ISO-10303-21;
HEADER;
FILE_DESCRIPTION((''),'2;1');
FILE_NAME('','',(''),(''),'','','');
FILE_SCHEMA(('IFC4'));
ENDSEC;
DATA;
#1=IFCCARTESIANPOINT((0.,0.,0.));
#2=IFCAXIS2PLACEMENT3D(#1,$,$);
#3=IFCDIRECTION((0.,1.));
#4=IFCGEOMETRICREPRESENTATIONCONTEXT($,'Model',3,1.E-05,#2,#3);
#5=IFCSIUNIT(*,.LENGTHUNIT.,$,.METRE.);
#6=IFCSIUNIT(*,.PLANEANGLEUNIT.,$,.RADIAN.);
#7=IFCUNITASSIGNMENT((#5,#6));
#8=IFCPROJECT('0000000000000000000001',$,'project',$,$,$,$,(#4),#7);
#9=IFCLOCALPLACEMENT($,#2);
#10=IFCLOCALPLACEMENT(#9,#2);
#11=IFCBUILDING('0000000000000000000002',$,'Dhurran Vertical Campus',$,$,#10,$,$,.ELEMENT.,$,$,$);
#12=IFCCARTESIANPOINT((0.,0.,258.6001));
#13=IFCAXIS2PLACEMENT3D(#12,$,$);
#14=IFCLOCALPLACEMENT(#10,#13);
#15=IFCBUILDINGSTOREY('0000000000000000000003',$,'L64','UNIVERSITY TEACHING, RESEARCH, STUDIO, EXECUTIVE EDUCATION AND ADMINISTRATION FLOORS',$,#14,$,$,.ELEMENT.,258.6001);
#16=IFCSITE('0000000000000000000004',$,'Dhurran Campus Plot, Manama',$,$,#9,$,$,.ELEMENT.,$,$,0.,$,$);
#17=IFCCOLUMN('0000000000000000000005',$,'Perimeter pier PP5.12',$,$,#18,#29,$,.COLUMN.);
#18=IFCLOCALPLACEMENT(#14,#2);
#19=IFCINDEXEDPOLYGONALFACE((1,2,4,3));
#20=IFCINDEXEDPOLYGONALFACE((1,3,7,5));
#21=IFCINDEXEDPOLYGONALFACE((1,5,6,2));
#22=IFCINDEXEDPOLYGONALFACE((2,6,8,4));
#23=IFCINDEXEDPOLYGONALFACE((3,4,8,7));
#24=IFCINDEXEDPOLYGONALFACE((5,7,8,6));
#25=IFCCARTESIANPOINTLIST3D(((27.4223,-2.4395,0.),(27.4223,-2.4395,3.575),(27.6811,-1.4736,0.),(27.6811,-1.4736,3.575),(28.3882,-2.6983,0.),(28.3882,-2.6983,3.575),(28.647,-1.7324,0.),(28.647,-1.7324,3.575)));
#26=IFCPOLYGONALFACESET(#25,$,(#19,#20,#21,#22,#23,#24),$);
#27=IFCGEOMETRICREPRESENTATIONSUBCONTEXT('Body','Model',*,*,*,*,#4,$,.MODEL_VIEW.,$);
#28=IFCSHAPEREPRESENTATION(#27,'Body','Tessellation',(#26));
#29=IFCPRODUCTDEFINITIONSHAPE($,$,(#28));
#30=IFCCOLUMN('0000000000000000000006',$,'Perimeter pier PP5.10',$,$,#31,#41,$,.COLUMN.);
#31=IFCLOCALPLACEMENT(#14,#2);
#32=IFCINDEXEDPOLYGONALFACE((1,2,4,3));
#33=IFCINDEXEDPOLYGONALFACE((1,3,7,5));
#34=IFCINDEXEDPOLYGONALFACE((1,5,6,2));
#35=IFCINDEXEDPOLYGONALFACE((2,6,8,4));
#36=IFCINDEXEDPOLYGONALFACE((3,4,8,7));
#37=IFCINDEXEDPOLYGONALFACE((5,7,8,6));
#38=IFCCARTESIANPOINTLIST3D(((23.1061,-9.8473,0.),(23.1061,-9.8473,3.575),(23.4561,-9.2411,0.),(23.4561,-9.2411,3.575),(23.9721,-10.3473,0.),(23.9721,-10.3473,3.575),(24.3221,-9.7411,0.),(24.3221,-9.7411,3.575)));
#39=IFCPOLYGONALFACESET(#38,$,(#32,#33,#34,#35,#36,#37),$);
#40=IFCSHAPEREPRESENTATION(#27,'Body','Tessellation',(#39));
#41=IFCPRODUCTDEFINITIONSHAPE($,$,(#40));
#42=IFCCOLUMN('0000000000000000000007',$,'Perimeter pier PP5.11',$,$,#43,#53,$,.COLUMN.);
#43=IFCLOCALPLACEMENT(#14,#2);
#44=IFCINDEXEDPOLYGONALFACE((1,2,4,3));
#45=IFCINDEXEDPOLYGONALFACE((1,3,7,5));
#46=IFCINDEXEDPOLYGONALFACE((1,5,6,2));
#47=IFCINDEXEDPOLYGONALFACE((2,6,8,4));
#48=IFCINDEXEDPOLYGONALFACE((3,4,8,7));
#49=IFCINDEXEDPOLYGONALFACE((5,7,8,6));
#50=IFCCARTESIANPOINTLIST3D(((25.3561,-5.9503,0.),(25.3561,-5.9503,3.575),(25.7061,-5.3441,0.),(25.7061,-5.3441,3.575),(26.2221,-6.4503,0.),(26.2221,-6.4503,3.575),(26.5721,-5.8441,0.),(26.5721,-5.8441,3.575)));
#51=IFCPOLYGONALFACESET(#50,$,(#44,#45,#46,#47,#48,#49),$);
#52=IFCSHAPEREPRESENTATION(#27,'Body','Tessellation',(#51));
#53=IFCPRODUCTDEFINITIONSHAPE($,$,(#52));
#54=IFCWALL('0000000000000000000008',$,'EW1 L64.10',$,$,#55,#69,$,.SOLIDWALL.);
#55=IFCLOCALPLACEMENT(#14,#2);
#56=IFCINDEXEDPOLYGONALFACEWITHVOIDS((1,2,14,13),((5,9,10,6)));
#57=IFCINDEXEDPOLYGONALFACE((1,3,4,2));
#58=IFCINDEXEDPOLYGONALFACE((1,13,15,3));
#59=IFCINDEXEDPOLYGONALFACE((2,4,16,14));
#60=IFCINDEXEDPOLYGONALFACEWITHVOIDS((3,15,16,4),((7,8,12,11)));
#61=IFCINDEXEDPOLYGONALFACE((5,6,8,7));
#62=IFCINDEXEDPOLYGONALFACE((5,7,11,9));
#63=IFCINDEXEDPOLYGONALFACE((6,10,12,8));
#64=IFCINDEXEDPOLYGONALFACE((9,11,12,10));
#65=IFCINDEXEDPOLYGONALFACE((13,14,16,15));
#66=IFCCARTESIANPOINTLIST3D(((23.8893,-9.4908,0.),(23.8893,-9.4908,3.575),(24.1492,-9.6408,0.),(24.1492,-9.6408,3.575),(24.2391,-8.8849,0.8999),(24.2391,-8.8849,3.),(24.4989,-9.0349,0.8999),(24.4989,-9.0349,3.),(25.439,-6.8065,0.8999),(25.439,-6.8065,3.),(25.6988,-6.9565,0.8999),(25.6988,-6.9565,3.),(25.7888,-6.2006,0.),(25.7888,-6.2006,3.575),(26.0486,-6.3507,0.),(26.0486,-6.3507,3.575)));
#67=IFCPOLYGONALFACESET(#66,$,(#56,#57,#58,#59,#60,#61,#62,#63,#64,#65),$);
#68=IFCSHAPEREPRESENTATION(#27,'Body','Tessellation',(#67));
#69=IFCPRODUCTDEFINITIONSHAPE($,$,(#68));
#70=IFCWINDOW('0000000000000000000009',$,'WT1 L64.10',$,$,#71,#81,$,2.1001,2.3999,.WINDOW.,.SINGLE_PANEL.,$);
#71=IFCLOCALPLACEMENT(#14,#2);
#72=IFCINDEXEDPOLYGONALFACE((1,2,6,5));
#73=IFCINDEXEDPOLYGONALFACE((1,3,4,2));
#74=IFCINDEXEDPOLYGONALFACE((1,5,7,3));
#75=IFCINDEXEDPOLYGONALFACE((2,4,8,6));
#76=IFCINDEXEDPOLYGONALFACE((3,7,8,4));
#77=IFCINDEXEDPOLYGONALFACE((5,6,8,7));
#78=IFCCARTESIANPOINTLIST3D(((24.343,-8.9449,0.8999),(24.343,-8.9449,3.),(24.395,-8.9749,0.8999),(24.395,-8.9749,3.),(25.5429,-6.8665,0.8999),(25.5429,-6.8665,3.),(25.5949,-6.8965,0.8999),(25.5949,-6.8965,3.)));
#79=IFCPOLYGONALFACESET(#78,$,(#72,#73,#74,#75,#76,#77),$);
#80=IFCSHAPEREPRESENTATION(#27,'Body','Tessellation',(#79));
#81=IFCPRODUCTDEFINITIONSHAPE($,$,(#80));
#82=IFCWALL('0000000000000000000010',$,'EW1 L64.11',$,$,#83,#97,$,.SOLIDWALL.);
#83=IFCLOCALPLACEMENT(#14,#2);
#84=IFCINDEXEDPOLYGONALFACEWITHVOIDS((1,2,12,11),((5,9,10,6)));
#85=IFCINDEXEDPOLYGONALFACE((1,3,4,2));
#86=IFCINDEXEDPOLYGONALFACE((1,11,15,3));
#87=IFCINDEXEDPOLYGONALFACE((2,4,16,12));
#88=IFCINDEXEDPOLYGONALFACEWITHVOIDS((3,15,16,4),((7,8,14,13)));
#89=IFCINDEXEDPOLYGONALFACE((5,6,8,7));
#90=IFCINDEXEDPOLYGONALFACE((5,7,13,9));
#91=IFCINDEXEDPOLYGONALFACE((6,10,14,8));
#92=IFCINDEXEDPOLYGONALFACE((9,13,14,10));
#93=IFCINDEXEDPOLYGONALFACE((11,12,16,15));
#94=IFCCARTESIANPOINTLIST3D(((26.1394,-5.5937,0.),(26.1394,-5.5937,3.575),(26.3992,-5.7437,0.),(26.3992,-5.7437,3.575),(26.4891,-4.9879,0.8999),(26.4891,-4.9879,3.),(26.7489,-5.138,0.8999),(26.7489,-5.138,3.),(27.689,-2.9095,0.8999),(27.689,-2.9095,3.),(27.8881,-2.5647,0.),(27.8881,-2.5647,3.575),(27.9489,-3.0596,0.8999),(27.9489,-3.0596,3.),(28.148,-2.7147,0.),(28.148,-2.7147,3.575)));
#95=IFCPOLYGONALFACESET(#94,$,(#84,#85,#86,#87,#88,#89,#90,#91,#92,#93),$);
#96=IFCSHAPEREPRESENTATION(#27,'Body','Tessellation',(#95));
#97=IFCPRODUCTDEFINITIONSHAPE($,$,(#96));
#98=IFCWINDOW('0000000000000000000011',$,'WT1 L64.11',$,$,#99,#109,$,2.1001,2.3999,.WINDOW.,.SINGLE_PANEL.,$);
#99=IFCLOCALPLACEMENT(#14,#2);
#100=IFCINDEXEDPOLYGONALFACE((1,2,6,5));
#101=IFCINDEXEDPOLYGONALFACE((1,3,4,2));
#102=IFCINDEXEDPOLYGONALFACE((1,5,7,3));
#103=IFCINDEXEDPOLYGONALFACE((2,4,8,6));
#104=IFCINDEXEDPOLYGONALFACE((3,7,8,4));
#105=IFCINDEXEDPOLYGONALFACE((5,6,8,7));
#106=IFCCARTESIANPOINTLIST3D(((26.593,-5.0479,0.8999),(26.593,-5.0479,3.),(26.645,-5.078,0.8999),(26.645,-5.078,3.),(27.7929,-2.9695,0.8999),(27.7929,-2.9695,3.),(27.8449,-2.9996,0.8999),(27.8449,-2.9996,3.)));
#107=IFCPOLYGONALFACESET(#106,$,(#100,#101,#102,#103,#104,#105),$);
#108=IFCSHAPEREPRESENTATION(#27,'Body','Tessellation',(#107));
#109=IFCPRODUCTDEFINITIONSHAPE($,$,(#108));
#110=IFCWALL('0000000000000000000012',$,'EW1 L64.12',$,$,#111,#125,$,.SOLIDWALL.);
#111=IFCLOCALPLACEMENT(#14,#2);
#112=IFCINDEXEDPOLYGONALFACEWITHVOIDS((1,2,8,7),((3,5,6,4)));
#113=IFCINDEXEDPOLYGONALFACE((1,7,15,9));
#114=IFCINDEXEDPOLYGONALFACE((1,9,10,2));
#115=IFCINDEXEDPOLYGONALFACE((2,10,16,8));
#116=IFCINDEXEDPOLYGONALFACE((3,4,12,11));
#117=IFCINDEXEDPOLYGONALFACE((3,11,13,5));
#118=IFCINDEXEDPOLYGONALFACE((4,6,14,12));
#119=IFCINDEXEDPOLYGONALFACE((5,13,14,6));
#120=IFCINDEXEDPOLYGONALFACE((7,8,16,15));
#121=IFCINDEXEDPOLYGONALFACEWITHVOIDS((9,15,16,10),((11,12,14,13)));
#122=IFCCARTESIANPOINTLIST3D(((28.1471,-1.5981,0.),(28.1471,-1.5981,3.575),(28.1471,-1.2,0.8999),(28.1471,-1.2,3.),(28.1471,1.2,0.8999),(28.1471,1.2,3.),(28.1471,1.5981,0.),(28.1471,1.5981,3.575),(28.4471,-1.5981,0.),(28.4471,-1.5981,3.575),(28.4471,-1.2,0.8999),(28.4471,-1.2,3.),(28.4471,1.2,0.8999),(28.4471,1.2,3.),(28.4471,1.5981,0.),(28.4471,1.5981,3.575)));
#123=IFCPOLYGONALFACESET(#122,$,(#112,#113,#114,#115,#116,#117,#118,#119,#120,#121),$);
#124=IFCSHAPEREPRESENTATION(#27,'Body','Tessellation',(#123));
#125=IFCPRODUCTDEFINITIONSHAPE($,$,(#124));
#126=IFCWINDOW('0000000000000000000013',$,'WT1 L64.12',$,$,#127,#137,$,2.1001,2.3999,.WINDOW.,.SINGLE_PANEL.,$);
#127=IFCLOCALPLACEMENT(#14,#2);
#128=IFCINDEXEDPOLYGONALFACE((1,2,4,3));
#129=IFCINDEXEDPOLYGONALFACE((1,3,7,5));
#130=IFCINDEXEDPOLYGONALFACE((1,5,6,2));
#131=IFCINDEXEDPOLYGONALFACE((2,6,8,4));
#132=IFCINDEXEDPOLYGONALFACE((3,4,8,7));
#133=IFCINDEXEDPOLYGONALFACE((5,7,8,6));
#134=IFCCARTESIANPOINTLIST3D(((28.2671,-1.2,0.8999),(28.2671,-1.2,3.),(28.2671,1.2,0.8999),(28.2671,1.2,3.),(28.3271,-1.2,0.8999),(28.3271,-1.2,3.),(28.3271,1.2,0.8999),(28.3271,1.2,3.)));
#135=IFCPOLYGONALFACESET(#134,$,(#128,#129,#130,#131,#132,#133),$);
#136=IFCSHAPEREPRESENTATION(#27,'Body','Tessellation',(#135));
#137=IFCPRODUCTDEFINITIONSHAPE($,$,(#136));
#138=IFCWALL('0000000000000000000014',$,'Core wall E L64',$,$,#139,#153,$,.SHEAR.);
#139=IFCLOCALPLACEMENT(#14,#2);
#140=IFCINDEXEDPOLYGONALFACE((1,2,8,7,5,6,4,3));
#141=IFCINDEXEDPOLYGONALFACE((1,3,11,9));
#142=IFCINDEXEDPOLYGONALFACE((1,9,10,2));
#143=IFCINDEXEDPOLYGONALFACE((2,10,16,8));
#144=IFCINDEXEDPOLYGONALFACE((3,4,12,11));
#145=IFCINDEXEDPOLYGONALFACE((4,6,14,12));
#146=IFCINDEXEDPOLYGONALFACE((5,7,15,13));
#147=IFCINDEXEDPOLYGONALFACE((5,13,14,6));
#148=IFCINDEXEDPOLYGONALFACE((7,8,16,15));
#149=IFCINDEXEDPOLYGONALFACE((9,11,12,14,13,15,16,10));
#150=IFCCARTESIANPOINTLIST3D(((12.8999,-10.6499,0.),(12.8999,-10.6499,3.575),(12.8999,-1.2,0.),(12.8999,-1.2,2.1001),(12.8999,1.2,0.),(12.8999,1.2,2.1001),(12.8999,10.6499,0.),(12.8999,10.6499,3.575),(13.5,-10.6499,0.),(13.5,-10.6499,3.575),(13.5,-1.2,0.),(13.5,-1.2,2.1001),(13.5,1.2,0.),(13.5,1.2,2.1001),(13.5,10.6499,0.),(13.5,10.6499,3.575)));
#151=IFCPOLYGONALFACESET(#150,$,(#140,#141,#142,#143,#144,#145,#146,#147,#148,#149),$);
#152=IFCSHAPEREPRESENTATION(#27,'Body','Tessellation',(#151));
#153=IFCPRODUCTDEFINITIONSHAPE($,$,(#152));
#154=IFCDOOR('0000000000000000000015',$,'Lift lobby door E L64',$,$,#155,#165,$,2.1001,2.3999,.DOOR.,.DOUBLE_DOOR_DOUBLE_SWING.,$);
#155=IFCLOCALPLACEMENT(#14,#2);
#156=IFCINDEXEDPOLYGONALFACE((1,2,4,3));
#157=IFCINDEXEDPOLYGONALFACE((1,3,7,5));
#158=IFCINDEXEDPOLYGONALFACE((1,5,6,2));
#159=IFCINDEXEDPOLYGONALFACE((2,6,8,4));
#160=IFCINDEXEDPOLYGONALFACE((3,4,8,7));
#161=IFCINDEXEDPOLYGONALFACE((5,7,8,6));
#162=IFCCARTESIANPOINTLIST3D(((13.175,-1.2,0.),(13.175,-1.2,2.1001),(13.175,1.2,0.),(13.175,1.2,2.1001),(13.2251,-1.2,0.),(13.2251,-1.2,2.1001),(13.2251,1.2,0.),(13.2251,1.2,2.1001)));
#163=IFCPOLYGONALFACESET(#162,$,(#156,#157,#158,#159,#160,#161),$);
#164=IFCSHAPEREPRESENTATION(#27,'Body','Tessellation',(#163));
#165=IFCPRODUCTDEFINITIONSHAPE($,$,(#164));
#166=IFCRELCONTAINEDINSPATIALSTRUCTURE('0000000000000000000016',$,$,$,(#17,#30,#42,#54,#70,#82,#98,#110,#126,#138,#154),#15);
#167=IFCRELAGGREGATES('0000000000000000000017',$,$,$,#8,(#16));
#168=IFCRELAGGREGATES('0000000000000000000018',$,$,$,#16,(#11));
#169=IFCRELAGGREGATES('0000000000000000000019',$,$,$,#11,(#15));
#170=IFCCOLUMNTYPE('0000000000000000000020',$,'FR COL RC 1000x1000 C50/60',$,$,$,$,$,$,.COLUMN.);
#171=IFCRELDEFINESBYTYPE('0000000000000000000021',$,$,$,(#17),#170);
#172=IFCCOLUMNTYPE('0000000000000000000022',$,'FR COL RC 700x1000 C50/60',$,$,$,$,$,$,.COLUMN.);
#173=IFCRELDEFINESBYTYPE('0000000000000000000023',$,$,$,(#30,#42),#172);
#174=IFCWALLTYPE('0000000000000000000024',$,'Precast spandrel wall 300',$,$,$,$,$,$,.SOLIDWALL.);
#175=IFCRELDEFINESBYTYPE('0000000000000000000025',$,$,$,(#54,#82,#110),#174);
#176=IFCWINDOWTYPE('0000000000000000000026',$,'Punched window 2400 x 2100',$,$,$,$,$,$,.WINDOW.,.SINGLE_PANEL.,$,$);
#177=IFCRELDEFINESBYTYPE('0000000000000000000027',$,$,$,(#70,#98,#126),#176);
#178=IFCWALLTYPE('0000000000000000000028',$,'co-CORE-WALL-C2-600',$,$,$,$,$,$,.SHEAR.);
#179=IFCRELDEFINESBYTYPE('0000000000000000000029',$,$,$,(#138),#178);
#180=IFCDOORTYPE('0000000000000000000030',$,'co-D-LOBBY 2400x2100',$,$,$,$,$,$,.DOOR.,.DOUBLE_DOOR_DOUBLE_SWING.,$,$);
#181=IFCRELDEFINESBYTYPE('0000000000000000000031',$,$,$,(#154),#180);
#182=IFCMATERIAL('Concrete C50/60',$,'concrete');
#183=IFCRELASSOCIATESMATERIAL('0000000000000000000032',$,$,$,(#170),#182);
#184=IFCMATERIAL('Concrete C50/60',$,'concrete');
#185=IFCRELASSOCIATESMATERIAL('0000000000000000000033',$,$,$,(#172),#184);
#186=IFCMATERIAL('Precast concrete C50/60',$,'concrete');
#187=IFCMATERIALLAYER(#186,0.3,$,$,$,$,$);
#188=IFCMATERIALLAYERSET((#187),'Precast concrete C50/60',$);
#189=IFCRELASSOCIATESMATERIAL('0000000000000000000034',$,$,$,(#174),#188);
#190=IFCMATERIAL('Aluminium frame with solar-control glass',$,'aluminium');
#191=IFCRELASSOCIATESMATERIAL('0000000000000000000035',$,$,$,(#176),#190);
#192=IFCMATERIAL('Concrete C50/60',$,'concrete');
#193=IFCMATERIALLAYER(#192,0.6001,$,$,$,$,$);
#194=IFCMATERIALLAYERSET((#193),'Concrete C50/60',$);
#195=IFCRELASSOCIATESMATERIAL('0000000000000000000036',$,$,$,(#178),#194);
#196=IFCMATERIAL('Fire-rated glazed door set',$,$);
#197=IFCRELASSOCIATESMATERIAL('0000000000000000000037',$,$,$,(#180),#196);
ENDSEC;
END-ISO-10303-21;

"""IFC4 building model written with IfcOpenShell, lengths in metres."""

from ifc_helpers import new_model, si_unit, direction, frame, frame_2d, origin, origin_2d, place, context, subcontext, project, spatial, rectangle, extrude, material, layer, layer_set, material_profile, profile_set, type_object, element, fill, save


model = new_model("IFC4")

# Units and contexts
model_context = context("Model", 3, precision=1e-05, world=origin(), true_north=direction((0.0, 1.0)))
body_context = subcontext(model_context, "Body", "Model", "MODEL_VIEW")
ifc_project = project(units=[si_unit("LENGTHUNIT", "METRE"), si_unit("PLANEANGLEUNIT", "RADIAN")], contexts=[model_context])

# Site, building, storey
site_placement = place(None, origin())
site = spatial("IfcSite", under=ifc_project, at=site_placement, Name="Dhurran Campus Plot, Manama", CompositionType="ELEMENT", RefElevation=0.0)
building_placement = place(site_placement, origin())
building = spatial("IfcBuilding", under=site, at=building_placement, Name="Dhurran Vertical Campus", CompositionType="ELEMENT")
storey_placement = place(building_placement, frame((0.0, 0.0, 258.6001)))
storey = spatial("IfcBuildingStorey", under=building, at=storey_placement, Name="L64", Description="UNIVERSITY TEACHING, RESEARCH, STUDIO, EXECUTIVE EDUCATION AND ADMINISTRATION FLOORS", CompositionType="ELEMENT", Elevation=258.6001)

# Columns
ifc_material_1 = material(Name="Concrete C50/60", Category="concrete")
ifc_material_profile_1 = material_profile(ifc_material_1, rectangle(XDim=1.0, YDim=1.0, at=origin_2d()), Name="RC 1000x1000")
ifc_profile_set_1 = profile_set([ifc_material_profile_1], Name="Concrete C50/60")
column_type_1 = type_object("IfcColumnType", Name="FR COL RC 1000x1000 C50/60", PredefinedType="COLUMN", material=ifc_profile_set_1)
column_placement = place(storey_placement, frame((28.0347, -2.0859, 0.0), z_axis=(0.0, 0.0, 1.0), x_axis=(0.258819, 0.965926, 0.0)))
element("IfcColumn", 1, at=column_placement, inside=storey, type_object=column_type_1, Name="Perimeter pier PP5.12", PredefinedType="COLUMN", context=body_context, shape_type="SweptSolid", body=[
    extrude(rectangle(XDim=1.0, YDim=1.0, at=origin_2d()), origin(), (0.0, 0.0, 1.0), 3.575),
])
ifc_material_2 = material(Name="Concrete C50/60", Category="concrete")
ifc_material_profile_2 = material_profile(ifc_material_2, rectangle(XDim=0.7, YDim=1.0, at=origin_2d()), Name="RC 700x1000")
ifc_profile_set_2 = profile_set([ifc_material_profile_2], Name="Concrete C50/60")
column_type_2 = type_object("IfcColumnType", Name="FR COL RC 700x1000 C50/60", PredefinedType="COLUMN", material=ifc_profile_set_2)
for number, where, z_axis, x_axis, name in (
    (2, (23.7141, -9.7942, 0.0), (0.0, 0.0, 1.0), (0.5, 0.866025, 0.0), "Perimeter pier PP5.10"),
    (3, (25.9641, -5.8972, 0.0), (0.0, 0.0, 1.0), (0.5, 0.866025, 0.0), "Perimeter pier PP5.11"),
):
    element("IfcColumn", number, at=place(storey_placement, frame(where, z_axis=z_axis, x_axis=x_axis)), inside=storey, type_object=column_type_2, Name=name, PredefinedType="COLUMN", context=body_context, shape_type="SweptSolid", body=[
        extrude(rectangle(XDim=0.7, YDim=1.0, at=origin_2d()), origin(), (0.0, 0.0, 1.0), 3.575),
    ])

# Walls, openings, windows
ifc_material_3 = material(Name="Precast concrete C50/60", Category="concrete")
ifc_layer_1 = layer(ifc_material_3, 0.3)
ifc_layer_set_1 = layer_set([ifc_layer_1], Name="Precast concrete C50/60")
wall_type_1 = type_object("IfcWallType", Name="Precast spandrel wall 300", PredefinedType="SOLIDWALL", material=ifc_layer_set_1)
wall_1_placement = place(storey_placement, frame((24.0193, -9.5657, 0.0), z_axis=(0.0, 0.0, 1.0), x_axis=(0.499982, 0.866036, 0.0)))
wall_1 = element("IfcWall", 4, at=wall_1_placement, inside=storey, type_object=wall_type_1, Name="EW1 L64.10", PredefinedType="SOLIDWALL", context=body_context, shape_type="SweptSolid", body=[
    extrude(rectangle(XDim=3.7991, YDim=0.3, at=frame_2d((1.8994, 0.0))), origin(), (0.0, 0.0, 1.0), 3.575),
])
opening_1_placement = place(wall_1_placement, frame((0.6995, 0.0, 0.8999)))
opening_1 = element("IfcOpeningElement", 5, at=opening_1_placement, cuts=wall_1, PredefinedType="OPENING", context=body_context, shape_type="SweptSolid", body=[
    extrude(rectangle(XDim=2.3999, YDim=2.1001, at=frame_2d((1.2, 1.05))), frame((0.0, 0.1599, 0.0), z_axis=(0.0, -1.0, 0.0), x_axis=(1.0, 0.0, 0.0)), (0.0, 0.0, 1.0), 0.3201),
])
ifc_material_4 = material(Name="Aluminium frame with solar-control glass", Category="aluminium")
window_type = type_object("IfcWindowType", Name="Punched window 2400 x 2100", PartitioningType="SINGLE_PANEL", PredefinedType="WINDOW", material=ifc_material_4)
window_1_placement = place(opening_1_placement, origin())
window_1 = element("IfcWindow", 6, at=window_1_placement, inside=storey, type_object=window_type, Name="WT1 L64.10", OverallHeight=2.1001, OverallWidth=2.3999, PartitioningType="SINGLE_PANEL", PredefinedType="WINDOW", context=body_context, shape_type="SweptSolid", body=[
    extrude(rectangle(XDim=2.3999, YDim=2.1001, at=frame_2d((1.2, 1.05))), frame((0.0, 0.03, 0.0), z_axis=(0.0, -1.0, 0.0), x_axis=(1.0, 0.0, 0.0)), (0.0, 0.0, 1.0), 0.0601),
])
fill(opening_1, window_1)
wall_2_placement = place(storey_placement, frame((26.2693, -5.6687, 0.0), z_axis=(0.0, 0.0, 1.0), x_axis=(0.49999, 0.866031, 0.0)))
wall_2 = element("IfcWall", 7, at=wall_2_placement, inside=storey, type_object=wall_type_1, Name="EW1 L64.11", PredefinedType="SOLIDWALL", context=body_context, shape_type="SweptSolid", body=[
    extrude(rectangle(XDim=3.4976, YDim=0.3, at=frame_2d((1.7488, 0.0))), origin(), (0.0, 0.0, 1.0), 3.575),
])
opening_2_placement = place(wall_2_placement, frame((0.6995, 0.0, 0.8999)))
opening_2 = element("IfcOpeningElement", 8, at=opening_2_placement, cuts=wall_2, PredefinedType="OPENING", context=body_context, shape_type="SweptSolid", body=[
    extrude(rectangle(XDim=2.3999, YDim=2.1001, at=frame_2d((1.2, 1.05))), frame((0.0, 0.1599, 0.0), z_axis=(0.0, -1.0, 0.0), x_axis=(1.0, 0.0, 0.0)), (0.0, 0.0, 1.0), 0.3201),
])
window_2_placement = place(opening_2_placement, origin())
window_2 = element("IfcWindow", 9, at=window_2_placement, inside=storey, type_object=window_type, Name="WT1 L64.11", OverallHeight=2.1001, OverallWidth=2.3999, PartitioningType="SINGLE_PANEL", PredefinedType="WINDOW", context=body_context, shape_type="SweptSolid", body=[
    extrude(rectangle(XDim=2.3999, YDim=2.1001, at=frame_2d((1.2, 1.05))), frame((0.0, 0.03, 0.0), z_axis=(0.0, -1.0, 0.0), x_axis=(1.0, 0.0, 0.0)), (0.0, 0.0, 1.0), 0.0601),
])
fill(opening_2, window_2)
wall_3_placement = place(storey_placement, frame((28.2971, -1.5981, 0.0), z_axis=(0.0, 0.0, 1.0), x_axis=(0.0, 1.0, 0.0)))
wall_3 = element("IfcWall", 10, at=wall_3_placement, inside=storey, type_object=wall_type_1, Name="EW1 L64.12", PredefinedType="SOLIDWALL", context=body_context, shape_type="SweptSolid", body=[
    extrude(rectangle(XDim=3.1963, YDim=0.3, at=frame_2d((1.5981, 0.0))), origin(), (0.0, 0.0, 1.0), 3.575),
])
opening_3_placement = place(wall_3_placement, frame((0.3982, 0.0, 0.8999)))
opening_3 = element("IfcOpeningElement", 11, at=opening_3_placement, cuts=wall_3, PredefinedType="OPENING", context=body_context, shape_type="SweptSolid", body=[
    extrude(rectangle(XDim=2.3999, YDim=2.1001, at=frame_2d((1.2, 1.05))), frame((0.0, 0.1599, 0.0), z_axis=(0.0, -1.0, 0.0), x_axis=(1.0, 0.0, 0.0)), (0.0, 0.0, 1.0), 0.3201),
])
window_3_placement = place(opening_3_placement, origin())
window_3 = element("IfcWindow", 12, at=window_3_placement, inside=storey, type_object=window_type, Name="WT1 L64.12", OverallHeight=2.1001, OverallWidth=2.3999, PartitioningType="SINGLE_PANEL", PredefinedType="WINDOW", context=body_context, shape_type="SweptSolid", body=[
    extrude(rectangle(XDim=2.3999, YDim=2.1001, at=frame_2d((1.2, 1.05))), frame((0.0, 0.03, 0.0), z_axis=(0.0, -1.0, 0.0), x_axis=(1.0, 0.0, 0.0)), (0.0, 0.0, 1.0), 0.0601),
])
fill(opening_3, window_3)

# Wall, opening, door
ifc_material_5 = material(Name="Concrete C50/60", Category="concrete")
ifc_layer_2 = layer(ifc_material_5, 0.6001)
ifc_layer_set_2 = layer_set([ifc_layer_2], Name="Concrete C50/60")
wall_type_2 = type_object("IfcWallType", Name="co-CORE-WALL-C2-600", PredefinedType="SHEAR", material=ifc_layer_set_2)
wall_4_placement = place(storey_placement, frame((13.2, -10.6499, 0.0), z_axis=(0.0, 0.0, 1.0), x_axis=(0.0, 1.0, 0.0)))
wall_4 = element("IfcWall", 13, at=wall_4_placement, inside=storey, type_object=wall_type_2, Name="Core wall E L64", PredefinedType="SHEAR", context=body_context, shape_type="SweptSolid", body=[
    extrude(rectangle(XDim=21.2998, YDim=0.6001, at=frame_2d((10.6499, 0.0))), origin(), (0.0, 0.0, 1.0), 3.575),
])
opening_4_placement = place(wall_4_placement, frame((9.45, 0.0, 0.0)))
opening_4 = element("IfcOpeningElement", 14, at=opening_4_placement, cuts=wall_4, PredefinedType="OPENING", context=body_context, shape_type="SweptSolid", body=[
    extrude(rectangle(XDim=2.3999, YDim=2.1001, at=frame_2d((1.2, 1.05))), frame((0.0, 0.3101, 0.0), z_axis=(0.0, -1.0, 0.0), x_axis=(1.0, 0.0, 0.0)), (0.0, 0.0, 1.0), 0.6201),
])
ifc_material_6 = material(Name="Fire-rated glazed door set")
door_type_1 = type_object("IfcDoorType", Name="co-D-LOBBY 2400x2100", OperationType="DOUBLE_DOOR_DOUBLE_SWING", PredefinedType="DOOR", material=ifc_material_6)
door_1_placement = place(opening_4_placement, origin())
door_1 = element("IfcDoor", 15, at=door_1_placement, inside=storey, type_object=door_type_1, Name="Lift lobby door E L64", OperationType="DOUBLE_DOOR_DOUBLE_SWING", OverallHeight=2.1001, OverallWidth=2.3999, PredefinedType="DOOR", context=body_context, shape_type="SweptSolid", body=[
    extrude(rectangle(XDim=2.3999, YDim=2.1001, at=frame_2d((1.2, 1.05))), frame((0.0, 0.0249, 0.0), z_axis=(0.0, -1.0, 0.0), x_axis=(1.0, 0.0, 0.0)), (0.0, 0.0, 1.0), 0.05),
])
fill(opening_4, door_1)

save(model, "model.ifc")
